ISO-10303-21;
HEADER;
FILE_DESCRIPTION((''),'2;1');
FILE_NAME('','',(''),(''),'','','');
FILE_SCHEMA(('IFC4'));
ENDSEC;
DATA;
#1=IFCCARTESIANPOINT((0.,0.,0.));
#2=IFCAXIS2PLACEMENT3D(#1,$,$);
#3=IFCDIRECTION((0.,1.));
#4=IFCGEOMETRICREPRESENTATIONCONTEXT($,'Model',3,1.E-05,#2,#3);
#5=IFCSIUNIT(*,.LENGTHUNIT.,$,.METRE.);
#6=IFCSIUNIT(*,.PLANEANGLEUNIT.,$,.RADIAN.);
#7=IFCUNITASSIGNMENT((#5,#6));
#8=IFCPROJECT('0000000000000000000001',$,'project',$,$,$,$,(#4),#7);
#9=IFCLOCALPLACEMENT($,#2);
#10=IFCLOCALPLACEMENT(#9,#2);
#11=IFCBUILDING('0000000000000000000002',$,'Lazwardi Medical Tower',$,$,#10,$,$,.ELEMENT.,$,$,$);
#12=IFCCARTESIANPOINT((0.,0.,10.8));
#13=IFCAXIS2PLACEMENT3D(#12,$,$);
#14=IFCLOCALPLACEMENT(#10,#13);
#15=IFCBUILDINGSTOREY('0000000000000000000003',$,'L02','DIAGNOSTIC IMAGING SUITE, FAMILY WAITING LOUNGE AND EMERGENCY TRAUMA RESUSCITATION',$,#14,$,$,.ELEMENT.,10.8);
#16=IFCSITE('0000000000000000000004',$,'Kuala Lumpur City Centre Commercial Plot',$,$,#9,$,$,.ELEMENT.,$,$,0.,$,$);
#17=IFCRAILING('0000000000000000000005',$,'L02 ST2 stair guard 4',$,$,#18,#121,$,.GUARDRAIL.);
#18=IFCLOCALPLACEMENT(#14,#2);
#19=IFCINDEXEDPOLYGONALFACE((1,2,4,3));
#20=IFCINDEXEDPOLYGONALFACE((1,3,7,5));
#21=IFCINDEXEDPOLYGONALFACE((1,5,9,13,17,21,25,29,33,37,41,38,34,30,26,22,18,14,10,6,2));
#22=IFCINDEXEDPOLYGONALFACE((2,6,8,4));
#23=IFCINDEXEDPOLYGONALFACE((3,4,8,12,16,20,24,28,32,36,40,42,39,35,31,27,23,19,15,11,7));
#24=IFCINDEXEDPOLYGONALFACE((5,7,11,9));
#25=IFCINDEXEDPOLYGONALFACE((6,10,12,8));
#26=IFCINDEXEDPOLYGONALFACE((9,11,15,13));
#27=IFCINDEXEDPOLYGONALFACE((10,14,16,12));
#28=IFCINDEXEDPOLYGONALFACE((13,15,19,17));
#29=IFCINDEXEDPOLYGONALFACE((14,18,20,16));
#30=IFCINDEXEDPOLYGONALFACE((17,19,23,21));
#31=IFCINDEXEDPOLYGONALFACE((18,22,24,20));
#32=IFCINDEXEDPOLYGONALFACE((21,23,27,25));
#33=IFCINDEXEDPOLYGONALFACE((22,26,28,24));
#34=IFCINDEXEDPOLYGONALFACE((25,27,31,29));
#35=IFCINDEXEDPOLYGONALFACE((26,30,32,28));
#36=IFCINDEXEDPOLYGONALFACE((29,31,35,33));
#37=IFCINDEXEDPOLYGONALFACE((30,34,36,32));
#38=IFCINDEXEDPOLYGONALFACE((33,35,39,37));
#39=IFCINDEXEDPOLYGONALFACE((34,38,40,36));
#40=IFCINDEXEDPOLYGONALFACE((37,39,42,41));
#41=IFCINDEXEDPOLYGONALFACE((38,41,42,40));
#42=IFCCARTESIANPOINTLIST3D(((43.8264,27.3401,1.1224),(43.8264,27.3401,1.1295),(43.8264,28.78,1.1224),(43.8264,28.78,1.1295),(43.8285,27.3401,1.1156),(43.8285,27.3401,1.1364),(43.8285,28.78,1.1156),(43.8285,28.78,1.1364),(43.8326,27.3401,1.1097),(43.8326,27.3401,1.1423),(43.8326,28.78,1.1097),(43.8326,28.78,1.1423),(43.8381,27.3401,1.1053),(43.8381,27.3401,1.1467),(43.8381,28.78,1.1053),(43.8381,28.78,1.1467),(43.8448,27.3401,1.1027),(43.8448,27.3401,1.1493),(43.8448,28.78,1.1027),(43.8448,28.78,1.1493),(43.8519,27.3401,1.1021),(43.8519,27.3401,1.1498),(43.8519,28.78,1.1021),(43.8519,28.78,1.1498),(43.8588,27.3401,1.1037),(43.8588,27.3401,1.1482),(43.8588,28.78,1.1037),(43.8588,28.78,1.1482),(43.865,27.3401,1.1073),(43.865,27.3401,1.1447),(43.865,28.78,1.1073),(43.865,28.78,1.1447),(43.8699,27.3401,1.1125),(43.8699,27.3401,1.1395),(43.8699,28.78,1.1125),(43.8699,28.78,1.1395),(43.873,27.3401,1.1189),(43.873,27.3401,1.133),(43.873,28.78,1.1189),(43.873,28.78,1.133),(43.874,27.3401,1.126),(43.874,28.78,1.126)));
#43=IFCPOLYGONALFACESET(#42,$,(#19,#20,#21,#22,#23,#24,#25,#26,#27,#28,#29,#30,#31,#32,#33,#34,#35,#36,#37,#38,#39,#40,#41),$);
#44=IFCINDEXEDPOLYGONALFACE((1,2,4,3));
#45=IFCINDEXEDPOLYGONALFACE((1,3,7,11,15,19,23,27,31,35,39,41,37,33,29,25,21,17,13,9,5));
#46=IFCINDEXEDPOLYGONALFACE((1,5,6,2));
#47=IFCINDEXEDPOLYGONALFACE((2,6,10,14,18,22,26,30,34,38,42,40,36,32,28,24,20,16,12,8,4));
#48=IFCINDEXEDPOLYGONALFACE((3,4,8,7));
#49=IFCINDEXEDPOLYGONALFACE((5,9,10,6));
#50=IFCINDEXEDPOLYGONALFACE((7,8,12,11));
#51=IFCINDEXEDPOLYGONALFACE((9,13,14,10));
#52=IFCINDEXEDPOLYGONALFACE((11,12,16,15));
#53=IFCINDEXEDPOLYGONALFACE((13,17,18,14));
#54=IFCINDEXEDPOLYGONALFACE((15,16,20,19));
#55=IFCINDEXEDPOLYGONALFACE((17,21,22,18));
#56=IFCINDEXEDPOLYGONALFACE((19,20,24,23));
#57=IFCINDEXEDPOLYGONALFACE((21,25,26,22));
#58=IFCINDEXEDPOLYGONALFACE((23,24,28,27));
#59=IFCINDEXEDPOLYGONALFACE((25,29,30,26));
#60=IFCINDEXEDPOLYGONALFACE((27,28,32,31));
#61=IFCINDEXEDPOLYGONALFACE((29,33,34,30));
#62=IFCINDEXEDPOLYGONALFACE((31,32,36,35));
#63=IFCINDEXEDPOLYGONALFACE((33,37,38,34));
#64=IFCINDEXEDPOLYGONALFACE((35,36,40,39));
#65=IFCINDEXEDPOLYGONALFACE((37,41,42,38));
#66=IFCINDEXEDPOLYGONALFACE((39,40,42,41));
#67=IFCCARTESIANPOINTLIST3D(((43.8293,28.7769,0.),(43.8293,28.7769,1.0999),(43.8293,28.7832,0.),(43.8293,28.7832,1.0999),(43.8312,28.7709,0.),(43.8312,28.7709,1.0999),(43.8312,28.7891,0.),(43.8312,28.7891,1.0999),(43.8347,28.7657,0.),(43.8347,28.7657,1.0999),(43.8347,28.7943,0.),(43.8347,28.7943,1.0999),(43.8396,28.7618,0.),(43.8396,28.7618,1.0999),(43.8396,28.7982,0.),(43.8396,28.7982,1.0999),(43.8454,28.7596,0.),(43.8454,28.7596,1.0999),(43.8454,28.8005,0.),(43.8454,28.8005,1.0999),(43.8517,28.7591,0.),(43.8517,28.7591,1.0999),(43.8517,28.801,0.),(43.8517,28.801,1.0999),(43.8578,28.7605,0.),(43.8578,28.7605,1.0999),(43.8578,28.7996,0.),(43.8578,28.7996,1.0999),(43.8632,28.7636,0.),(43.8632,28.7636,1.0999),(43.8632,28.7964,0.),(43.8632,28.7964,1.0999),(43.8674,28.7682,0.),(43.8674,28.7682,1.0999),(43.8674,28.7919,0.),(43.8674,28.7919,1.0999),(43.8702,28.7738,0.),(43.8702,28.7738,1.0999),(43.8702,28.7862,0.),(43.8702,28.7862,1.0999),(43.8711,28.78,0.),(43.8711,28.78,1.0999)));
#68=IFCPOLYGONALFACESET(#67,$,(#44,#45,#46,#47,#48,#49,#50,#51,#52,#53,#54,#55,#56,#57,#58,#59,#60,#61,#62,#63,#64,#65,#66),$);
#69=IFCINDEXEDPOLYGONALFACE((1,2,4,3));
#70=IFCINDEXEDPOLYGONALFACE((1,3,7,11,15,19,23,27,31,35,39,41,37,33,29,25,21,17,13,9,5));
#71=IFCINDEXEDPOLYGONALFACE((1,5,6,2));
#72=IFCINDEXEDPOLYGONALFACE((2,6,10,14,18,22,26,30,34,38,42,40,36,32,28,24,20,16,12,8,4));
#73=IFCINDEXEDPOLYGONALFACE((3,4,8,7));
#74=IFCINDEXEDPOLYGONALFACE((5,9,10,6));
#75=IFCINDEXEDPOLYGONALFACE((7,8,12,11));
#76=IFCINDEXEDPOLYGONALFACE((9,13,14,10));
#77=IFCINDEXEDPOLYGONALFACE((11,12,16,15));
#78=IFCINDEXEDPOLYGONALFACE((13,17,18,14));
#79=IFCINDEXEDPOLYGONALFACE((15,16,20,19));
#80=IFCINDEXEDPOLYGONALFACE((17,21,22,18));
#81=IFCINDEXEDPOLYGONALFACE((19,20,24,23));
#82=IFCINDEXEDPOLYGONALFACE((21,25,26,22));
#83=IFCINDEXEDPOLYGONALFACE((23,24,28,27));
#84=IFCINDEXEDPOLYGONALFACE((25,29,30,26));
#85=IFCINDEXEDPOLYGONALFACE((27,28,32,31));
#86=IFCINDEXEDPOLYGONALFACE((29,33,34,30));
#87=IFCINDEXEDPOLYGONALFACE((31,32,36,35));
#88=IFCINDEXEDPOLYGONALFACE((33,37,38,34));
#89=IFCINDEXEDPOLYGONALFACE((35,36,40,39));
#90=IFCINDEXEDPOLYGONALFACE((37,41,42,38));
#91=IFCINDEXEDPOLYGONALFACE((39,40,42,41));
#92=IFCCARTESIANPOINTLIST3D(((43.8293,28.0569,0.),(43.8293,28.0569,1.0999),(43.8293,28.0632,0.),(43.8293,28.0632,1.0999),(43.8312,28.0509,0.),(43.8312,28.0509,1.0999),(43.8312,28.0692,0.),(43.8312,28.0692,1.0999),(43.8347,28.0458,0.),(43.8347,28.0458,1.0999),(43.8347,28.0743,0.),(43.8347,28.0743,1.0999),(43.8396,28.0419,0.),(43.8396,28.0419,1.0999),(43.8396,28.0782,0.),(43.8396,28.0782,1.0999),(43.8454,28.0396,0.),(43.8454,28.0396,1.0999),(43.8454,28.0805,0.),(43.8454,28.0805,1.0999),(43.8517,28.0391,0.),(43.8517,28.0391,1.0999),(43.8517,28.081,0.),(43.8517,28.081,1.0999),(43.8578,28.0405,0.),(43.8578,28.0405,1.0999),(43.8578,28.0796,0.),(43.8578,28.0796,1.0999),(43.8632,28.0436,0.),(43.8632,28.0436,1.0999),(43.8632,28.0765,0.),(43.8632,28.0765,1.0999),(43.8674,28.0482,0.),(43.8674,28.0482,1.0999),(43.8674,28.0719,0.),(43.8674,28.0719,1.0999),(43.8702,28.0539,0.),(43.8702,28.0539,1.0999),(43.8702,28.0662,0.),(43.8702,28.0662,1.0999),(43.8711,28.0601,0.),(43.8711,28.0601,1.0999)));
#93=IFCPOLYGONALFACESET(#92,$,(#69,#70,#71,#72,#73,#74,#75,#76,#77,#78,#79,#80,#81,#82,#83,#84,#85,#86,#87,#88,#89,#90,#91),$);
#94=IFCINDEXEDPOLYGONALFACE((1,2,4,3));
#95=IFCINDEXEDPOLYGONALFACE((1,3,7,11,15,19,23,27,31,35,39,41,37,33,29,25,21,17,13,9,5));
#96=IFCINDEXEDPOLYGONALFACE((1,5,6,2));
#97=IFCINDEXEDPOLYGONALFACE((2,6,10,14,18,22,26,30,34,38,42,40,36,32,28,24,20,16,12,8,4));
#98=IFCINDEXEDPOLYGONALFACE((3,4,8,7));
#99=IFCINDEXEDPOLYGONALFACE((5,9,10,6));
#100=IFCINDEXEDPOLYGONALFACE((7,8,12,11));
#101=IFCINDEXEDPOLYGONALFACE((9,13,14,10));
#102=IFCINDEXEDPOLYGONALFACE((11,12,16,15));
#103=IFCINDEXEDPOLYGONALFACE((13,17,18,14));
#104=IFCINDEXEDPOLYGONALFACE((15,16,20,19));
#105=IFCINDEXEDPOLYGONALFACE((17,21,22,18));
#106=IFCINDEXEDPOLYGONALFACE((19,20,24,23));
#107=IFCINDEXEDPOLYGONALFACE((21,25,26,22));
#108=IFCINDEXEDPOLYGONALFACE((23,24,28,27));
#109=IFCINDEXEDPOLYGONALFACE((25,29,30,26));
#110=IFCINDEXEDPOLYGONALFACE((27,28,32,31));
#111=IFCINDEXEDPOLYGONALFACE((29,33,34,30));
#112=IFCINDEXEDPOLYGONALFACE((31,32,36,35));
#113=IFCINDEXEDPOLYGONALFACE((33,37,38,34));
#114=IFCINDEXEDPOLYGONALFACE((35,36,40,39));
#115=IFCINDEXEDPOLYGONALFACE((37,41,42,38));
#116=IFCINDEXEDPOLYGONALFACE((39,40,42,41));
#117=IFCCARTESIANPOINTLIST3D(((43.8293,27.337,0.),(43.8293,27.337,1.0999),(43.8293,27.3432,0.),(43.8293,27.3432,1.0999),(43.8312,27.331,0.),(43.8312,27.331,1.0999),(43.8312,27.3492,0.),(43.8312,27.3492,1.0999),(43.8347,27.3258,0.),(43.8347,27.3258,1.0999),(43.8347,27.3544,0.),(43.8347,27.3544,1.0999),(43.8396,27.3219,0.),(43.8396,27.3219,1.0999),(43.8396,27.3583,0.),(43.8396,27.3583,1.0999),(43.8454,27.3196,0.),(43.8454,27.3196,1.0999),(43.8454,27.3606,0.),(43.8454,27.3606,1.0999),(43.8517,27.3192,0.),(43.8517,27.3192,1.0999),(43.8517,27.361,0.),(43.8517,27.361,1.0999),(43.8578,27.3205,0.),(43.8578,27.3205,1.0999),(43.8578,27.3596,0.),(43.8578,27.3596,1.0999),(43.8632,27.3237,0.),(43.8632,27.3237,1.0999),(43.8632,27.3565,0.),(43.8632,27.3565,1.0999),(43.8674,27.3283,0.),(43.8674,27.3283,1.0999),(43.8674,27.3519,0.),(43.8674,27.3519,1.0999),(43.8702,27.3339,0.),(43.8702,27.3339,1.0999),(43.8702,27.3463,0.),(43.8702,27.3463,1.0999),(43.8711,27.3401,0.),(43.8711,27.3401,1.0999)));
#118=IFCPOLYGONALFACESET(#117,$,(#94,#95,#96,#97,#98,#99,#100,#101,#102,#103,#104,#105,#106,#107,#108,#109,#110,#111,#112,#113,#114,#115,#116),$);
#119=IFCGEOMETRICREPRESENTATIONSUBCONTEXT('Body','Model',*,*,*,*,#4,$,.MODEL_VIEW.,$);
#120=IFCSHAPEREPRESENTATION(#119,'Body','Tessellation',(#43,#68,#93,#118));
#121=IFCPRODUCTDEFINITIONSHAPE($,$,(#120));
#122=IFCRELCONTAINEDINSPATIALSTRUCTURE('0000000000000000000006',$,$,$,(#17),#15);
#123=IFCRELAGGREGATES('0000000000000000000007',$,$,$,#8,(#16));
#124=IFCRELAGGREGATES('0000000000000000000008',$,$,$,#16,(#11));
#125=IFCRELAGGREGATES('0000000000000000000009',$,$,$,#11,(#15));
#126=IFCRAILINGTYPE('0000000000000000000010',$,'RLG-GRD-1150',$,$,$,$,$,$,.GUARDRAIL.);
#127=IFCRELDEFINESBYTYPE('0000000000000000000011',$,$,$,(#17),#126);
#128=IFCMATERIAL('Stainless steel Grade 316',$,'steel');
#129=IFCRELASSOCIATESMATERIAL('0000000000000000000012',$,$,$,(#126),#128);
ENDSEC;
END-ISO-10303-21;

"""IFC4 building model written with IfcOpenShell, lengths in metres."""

from ifc_helpers import new_model, si_unit, direction, frame, origin, origin_2d, place, context, subcontext, project, spatial, circle, extrude, material, type_object, element, save


model = new_model("IFC4")

# Units and contexts
model_context = context("Model", 3, precision=1e-05, world=origin(), true_north=direction((0.0, 1.0)))
body_context = subcontext(model_context, "Body", "Model", "MODEL_VIEW")
ifc_project = project(units=[si_unit("LENGTHUNIT", "METRE"), si_unit("PLANEANGLEUNIT", "RADIAN")], contexts=[model_context])

# Site, building, storey
site_placement = place(None, origin())
site = spatial("IfcSite", under=ifc_project, at=site_placement, Name="Kuala Lumpur City Centre Commercial Plot", CompositionType="ELEMENT", RefElevation=0.0)
building_placement = place(site_placement, origin())
building = spatial("IfcBuilding", under=site, at=building_placement, Name="Lazwardi Medical Tower", CompositionType="ELEMENT")
storey_placement = place(building_placement, frame((0.0, 0.0, 10.8)))
storey = spatial("IfcBuildingStorey", under=building, at=storey_placement, Name="L02", Description="DIAGNOSTIC IMAGING SUITE, FAMILY WAITING LOUNGE AND EMERGENCY TRAUMA RESUSCITATION", CompositionType="ELEMENT", Elevation=10.8)

# Railing
ifc_material_1 = material(Name="Stainless steel Grade 316", Category="steel")
railing_type_1 = type_object("IfcRailingType", Name="RLG-GRD-1150", PredefinedType="GUARDRAIL", material=ifc_material_1)
railing_1_placement = place(storey_placement, frame((43.8501, 28.78, 0.0)))
element("IfcRailing", 1, at=railing_1_placement, inside=storey, type_object=railing_type_1, Name="L02 ST2 stair guard 4", PredefinedType="GUARDRAIL", context=body_context, shape_type="SweptSolid", body=[
    extrude(circle(Radius=0.0239, at=origin_2d()), frame((0.0, 0.0, 1.126), z_axis=(0.0, -1.0, 0.0), x_axis=(1.0, 0.0, 0.0)), (0.0, 0.0, 1.0), 1.4399),
    extrude(circle(Radius=0.021, at=origin_2d()), origin(), (0.0, 0.0, 1.0), 1.0999),
    extrude(circle(Radius=0.021, at=origin_2d()), frame((0.0, -0.72, 0.0)), (0.0, 0.0, 1.0), 1.0999),
    extrude(circle(Radius=0.021, at=origin_2d()), frame((0.0, -1.4399, 0.0)), (0.0, 0.0, 1.0), 1.0999),
])

save(model, "model.ifc")
